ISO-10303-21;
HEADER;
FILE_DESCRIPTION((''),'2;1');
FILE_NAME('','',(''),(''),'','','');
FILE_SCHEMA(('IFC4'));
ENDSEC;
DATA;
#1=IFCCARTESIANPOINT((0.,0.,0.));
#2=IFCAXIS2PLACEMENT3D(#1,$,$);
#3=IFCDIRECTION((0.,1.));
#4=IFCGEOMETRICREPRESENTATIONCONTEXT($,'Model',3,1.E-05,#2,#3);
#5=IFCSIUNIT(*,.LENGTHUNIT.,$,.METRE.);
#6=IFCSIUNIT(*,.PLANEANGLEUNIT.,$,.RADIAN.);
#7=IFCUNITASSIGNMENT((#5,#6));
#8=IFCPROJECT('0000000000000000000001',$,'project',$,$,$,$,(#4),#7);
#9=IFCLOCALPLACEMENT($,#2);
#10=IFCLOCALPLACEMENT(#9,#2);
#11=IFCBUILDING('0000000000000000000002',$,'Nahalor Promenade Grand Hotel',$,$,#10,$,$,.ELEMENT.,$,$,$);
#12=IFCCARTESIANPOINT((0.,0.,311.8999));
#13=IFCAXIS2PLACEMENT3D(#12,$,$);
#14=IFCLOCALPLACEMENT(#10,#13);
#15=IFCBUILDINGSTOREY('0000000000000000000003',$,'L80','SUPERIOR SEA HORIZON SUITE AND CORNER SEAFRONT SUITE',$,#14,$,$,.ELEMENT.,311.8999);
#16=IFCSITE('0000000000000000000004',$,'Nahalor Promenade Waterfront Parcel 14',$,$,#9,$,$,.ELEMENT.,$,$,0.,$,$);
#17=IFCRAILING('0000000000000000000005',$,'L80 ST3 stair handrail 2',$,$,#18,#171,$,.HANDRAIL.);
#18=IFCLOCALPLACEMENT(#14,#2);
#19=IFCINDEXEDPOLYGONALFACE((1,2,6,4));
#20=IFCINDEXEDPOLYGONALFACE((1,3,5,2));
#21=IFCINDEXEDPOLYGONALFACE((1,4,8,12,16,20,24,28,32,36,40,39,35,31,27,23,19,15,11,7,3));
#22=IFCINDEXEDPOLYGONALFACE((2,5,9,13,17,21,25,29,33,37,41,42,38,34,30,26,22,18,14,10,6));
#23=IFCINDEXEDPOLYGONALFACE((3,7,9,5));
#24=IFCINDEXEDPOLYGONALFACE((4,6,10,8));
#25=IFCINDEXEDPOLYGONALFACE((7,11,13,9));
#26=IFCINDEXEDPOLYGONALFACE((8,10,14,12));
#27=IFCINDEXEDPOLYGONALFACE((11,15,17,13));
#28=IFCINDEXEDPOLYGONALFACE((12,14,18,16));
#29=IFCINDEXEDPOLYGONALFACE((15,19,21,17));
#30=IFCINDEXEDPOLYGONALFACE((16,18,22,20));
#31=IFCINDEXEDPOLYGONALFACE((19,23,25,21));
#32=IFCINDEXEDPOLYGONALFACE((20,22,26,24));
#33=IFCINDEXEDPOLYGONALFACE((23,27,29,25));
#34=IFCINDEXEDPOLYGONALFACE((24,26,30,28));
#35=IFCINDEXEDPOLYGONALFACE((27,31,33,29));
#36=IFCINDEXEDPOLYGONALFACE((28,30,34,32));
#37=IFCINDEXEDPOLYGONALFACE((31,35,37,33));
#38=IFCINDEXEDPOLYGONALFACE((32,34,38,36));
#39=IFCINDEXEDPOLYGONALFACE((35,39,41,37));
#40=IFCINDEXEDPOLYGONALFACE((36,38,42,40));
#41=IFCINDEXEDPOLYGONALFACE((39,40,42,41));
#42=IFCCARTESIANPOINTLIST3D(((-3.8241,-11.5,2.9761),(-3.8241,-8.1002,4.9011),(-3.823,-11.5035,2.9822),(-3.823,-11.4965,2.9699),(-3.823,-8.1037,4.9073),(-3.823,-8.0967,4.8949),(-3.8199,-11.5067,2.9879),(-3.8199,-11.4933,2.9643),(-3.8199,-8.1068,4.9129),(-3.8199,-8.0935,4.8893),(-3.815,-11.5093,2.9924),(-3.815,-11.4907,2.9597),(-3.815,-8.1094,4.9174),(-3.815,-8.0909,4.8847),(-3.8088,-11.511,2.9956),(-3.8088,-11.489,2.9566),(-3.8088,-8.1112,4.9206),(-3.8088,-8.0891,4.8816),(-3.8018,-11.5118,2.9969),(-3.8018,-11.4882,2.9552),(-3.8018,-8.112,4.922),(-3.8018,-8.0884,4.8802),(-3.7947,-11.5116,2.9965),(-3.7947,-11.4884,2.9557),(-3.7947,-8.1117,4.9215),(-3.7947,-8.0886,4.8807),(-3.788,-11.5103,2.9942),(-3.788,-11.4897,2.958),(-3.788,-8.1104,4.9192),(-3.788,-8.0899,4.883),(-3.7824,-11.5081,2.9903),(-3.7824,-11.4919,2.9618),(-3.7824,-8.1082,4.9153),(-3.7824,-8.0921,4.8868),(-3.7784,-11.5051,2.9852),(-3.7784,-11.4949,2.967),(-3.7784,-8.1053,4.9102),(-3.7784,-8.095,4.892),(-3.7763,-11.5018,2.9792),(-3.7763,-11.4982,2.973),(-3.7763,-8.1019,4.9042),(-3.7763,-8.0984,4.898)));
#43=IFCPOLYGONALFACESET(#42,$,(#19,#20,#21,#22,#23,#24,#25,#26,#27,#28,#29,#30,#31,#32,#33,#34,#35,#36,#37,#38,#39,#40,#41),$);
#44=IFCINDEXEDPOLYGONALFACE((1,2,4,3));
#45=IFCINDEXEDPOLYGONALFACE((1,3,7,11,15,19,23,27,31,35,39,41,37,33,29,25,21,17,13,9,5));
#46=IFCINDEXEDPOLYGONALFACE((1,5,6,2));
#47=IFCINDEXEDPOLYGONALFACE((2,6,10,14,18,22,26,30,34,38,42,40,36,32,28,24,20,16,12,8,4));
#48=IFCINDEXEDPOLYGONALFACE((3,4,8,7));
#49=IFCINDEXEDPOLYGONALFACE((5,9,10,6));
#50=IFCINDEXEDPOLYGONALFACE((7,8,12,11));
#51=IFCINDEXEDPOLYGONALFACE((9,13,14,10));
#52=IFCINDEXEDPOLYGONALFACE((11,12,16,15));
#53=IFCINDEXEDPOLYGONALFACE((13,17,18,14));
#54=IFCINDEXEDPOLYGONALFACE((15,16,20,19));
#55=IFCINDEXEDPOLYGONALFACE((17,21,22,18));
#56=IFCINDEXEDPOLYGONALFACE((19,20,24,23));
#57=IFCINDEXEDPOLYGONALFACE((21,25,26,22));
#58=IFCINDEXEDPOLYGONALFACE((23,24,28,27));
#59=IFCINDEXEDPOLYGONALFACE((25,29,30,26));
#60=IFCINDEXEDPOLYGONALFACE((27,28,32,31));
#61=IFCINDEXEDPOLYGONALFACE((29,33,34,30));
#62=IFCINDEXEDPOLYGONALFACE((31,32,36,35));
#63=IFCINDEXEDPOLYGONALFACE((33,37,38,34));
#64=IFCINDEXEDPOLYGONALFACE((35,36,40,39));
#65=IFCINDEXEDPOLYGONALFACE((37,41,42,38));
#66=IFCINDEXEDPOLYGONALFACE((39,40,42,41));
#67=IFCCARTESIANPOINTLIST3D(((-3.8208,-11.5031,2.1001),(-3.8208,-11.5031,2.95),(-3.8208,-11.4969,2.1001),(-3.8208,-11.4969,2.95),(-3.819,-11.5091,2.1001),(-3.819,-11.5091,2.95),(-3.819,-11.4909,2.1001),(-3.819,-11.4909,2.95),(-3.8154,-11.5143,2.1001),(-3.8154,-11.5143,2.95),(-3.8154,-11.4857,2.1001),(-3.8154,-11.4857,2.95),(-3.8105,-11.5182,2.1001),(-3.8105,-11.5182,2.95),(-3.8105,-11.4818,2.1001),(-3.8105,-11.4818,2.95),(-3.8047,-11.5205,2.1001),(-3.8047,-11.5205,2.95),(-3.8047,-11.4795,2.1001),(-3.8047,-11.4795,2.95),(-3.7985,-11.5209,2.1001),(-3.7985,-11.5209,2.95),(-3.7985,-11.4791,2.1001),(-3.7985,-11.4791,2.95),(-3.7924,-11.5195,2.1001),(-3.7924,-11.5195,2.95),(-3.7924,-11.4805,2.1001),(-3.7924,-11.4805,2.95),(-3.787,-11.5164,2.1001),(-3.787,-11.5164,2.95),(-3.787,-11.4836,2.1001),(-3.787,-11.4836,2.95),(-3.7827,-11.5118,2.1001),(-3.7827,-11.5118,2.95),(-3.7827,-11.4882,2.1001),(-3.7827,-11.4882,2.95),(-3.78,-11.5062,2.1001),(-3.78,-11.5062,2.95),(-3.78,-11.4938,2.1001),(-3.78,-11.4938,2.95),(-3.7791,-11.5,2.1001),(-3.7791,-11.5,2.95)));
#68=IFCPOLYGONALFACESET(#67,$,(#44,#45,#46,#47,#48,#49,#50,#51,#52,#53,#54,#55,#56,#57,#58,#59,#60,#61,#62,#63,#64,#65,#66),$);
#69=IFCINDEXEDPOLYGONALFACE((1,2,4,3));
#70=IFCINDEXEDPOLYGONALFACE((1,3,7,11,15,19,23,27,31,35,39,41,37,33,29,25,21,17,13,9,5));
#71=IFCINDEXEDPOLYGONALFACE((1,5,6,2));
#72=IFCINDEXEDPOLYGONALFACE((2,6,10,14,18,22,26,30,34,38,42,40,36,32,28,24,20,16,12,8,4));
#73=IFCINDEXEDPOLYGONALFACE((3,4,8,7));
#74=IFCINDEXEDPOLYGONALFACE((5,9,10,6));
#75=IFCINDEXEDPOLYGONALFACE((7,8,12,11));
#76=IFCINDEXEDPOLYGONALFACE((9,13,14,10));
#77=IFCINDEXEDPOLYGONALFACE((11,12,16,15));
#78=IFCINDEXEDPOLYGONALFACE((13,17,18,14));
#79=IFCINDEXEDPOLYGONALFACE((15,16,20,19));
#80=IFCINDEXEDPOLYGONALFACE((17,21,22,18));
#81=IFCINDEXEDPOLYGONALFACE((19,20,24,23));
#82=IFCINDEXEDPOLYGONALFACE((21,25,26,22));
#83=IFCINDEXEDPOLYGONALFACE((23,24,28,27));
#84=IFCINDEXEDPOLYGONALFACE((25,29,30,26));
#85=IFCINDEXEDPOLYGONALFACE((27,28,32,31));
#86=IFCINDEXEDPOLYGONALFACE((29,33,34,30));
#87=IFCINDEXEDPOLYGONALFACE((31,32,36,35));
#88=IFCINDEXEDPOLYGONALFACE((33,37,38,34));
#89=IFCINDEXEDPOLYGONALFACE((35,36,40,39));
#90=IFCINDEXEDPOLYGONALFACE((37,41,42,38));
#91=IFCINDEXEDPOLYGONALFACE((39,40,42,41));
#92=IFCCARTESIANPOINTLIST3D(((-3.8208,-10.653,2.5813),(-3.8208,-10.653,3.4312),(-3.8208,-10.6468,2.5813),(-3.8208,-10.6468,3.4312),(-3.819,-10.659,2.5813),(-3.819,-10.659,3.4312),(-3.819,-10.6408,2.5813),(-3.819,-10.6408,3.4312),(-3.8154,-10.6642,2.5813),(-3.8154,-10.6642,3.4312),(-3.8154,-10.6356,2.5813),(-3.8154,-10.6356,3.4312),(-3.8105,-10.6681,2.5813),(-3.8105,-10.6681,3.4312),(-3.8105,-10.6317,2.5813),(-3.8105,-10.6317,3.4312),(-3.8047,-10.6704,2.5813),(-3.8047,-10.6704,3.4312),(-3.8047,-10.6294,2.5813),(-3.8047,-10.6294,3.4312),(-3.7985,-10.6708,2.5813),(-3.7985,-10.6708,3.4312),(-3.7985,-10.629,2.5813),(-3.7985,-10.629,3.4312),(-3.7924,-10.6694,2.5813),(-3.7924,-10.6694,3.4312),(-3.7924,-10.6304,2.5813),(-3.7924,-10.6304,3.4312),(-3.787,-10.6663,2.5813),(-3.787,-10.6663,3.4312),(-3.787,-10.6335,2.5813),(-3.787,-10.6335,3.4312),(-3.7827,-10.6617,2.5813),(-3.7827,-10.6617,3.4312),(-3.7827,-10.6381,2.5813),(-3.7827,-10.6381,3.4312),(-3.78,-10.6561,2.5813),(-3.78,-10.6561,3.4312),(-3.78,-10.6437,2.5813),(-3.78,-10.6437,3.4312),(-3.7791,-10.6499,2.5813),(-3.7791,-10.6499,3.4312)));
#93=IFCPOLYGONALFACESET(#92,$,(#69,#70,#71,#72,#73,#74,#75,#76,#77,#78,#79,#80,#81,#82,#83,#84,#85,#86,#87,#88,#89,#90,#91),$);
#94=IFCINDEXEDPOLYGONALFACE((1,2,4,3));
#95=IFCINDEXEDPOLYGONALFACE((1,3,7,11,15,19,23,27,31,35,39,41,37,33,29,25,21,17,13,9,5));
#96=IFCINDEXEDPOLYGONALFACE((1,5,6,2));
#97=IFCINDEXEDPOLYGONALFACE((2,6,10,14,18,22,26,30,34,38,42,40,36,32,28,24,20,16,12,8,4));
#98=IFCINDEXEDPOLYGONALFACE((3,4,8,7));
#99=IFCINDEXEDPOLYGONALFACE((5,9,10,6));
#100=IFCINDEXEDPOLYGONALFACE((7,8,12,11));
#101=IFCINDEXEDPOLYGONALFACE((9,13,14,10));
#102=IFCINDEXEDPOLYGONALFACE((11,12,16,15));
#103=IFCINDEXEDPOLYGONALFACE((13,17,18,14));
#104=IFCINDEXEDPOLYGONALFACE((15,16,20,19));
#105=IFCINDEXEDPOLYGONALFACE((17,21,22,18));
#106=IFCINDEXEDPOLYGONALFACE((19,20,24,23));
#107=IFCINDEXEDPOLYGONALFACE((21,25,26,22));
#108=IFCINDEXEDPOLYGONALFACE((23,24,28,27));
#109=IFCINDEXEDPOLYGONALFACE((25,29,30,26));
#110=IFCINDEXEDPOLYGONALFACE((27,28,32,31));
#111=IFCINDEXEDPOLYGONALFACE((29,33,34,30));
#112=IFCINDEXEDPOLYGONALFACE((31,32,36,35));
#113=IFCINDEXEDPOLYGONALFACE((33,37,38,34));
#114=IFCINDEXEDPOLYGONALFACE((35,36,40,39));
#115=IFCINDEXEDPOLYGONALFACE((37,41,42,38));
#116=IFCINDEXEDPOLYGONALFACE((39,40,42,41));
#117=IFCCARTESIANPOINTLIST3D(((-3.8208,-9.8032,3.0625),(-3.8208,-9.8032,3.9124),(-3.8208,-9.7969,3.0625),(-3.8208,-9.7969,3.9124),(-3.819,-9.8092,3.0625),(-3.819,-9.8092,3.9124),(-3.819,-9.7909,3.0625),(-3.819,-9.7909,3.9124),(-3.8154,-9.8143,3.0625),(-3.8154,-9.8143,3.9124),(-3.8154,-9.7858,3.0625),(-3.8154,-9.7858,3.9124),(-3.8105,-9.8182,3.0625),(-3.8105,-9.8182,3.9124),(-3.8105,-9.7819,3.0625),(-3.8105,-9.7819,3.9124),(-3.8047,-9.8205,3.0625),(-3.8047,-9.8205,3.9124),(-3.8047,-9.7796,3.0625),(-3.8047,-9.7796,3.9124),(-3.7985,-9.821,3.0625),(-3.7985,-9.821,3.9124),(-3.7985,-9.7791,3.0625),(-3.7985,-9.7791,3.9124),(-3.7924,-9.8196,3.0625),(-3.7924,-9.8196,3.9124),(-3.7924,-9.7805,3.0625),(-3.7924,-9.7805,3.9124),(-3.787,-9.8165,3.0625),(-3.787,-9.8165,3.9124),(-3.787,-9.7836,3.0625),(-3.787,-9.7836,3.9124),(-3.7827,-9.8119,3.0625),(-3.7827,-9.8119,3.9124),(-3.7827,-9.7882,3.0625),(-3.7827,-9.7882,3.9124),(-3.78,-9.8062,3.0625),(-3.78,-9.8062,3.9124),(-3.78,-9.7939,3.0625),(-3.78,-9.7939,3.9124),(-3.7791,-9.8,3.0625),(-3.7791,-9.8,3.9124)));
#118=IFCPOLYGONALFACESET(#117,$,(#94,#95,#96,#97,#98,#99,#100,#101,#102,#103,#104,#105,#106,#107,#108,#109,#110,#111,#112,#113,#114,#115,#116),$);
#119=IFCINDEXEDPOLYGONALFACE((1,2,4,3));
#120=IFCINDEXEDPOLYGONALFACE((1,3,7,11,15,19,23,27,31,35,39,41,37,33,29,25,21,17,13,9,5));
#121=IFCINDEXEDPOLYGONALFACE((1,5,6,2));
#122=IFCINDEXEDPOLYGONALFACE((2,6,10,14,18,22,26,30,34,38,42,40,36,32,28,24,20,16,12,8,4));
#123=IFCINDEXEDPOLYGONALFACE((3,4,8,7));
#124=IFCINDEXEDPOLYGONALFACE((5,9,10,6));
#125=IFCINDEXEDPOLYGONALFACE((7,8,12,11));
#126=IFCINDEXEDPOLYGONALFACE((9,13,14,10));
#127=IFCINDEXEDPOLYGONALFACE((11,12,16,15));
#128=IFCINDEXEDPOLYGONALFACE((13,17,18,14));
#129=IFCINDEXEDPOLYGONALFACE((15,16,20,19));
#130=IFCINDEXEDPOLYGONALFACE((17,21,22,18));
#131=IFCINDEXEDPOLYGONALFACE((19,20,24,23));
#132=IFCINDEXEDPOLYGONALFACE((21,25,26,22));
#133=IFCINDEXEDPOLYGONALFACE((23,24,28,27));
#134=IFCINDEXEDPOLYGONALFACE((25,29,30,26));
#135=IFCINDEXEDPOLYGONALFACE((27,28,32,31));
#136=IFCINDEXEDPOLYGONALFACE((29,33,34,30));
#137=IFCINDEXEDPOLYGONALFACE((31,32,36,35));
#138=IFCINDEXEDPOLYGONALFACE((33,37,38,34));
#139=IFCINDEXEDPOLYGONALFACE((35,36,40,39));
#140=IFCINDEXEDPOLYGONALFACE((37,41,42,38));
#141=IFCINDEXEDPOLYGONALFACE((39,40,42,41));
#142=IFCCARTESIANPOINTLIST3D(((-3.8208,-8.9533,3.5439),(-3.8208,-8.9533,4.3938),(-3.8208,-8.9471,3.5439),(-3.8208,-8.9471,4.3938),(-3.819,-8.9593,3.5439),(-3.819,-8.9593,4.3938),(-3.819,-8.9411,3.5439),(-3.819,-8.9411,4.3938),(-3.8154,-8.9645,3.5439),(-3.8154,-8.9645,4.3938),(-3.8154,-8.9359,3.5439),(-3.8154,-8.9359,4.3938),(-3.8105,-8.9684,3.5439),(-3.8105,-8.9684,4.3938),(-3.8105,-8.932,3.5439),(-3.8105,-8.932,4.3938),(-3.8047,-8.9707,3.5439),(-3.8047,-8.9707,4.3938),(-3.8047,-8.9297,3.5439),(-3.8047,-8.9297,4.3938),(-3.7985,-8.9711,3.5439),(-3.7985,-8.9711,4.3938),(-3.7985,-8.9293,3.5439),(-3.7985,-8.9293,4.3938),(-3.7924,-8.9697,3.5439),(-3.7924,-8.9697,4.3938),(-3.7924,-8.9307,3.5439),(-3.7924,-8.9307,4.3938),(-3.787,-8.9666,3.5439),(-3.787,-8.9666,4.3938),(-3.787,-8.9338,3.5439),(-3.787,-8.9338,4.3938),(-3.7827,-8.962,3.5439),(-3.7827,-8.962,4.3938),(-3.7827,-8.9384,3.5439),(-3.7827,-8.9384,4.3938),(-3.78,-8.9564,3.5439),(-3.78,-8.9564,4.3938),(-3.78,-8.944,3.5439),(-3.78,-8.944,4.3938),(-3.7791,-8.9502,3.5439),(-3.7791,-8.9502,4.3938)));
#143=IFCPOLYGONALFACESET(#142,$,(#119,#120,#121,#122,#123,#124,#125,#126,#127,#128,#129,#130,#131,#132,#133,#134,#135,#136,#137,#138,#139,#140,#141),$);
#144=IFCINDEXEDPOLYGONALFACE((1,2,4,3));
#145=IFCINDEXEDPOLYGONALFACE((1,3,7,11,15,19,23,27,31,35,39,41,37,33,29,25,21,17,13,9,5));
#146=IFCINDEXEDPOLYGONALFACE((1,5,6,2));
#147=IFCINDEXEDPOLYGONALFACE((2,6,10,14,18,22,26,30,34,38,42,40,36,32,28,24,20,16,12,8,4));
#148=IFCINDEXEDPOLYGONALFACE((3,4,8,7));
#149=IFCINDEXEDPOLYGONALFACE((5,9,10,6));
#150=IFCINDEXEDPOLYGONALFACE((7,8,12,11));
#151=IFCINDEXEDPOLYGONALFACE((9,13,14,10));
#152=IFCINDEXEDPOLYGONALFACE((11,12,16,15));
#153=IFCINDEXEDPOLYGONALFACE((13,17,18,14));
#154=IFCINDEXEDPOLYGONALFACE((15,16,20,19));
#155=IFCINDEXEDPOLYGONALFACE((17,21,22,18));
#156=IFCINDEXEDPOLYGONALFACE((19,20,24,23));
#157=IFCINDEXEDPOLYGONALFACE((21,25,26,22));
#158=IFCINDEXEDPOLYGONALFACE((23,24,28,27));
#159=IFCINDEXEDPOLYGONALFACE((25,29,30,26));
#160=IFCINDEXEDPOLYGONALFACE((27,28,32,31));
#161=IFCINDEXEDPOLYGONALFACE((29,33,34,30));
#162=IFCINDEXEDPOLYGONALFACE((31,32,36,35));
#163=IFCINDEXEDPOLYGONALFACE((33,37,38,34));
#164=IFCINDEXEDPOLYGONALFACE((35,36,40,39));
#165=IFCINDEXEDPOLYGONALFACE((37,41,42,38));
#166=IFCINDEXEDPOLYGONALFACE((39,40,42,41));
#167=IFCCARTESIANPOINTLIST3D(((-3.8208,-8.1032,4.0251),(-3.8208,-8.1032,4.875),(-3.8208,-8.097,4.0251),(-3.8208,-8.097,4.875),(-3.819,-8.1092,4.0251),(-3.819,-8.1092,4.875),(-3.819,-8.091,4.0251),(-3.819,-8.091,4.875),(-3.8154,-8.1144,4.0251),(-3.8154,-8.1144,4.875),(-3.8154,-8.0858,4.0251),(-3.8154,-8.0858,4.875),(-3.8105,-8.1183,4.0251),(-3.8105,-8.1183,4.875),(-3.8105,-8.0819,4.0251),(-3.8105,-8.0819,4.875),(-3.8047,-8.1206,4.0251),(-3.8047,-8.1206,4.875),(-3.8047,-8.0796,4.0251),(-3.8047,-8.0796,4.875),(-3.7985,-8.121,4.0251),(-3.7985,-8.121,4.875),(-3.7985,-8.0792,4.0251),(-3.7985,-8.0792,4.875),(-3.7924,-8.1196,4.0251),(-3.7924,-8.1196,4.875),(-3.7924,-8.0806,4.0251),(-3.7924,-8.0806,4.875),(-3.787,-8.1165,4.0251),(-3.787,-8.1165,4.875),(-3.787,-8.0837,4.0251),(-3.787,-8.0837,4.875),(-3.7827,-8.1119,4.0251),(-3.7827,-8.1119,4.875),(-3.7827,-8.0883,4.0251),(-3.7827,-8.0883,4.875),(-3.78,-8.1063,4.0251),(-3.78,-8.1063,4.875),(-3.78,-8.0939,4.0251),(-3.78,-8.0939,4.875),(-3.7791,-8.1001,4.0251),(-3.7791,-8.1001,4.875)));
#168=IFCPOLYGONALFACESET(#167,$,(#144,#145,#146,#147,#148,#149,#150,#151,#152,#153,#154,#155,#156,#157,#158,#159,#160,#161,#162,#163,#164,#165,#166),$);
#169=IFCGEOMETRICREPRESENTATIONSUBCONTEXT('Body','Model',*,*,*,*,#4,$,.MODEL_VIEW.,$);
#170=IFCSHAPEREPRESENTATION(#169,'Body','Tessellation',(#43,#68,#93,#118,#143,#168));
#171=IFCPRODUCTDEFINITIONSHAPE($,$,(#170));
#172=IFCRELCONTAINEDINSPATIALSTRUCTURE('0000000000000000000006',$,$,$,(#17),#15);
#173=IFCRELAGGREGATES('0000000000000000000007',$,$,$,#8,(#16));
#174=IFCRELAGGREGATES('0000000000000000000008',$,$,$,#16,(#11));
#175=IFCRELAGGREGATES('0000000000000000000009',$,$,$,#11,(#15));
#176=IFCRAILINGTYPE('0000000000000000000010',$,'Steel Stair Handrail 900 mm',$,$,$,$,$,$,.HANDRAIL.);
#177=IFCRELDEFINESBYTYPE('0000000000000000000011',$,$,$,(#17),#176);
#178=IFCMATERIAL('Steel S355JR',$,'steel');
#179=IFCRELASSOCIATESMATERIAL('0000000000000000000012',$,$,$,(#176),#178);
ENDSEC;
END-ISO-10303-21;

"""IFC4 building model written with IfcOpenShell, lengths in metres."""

from ifc_helpers import new_model, si_unit, direction, frame, origin, origin_2d, place, context, subcontext, project, spatial, circle, extrude, material, type_object, element, save


model = new_model("IFC4")

# Units and contexts
model_context = context("Model", 3, precision=1e-05, world=origin(), true_north=direction((0.0, 1.0)))
body_context = subcontext(model_context, "Body", "Model", "MODEL_VIEW")
ifc_project = project(units=[si_unit("LENGTHUNIT", "METRE"), si_unit("PLANEANGLEUNIT", "RADIAN")], contexts=[model_context])

# Site, building, storey
site_placement = place(None, origin())
site = spatial("IfcSite", under=ifc_project, at=site_placement, Name="Nahalor Promenade Waterfront Parcel 14", CompositionType="ELEMENT", RefElevation=0.0)
building_placement = place(site_placement, origin())
building = spatial("IfcBuilding", under=site, at=building_placement, Name="Nahalor Promenade Grand Hotel", CompositionType="ELEMENT")
storey_placement = place(building_placement, frame((0.0, 0.0, 311.8999)))
storey = spatial("IfcBuildingStorey", under=building, at=storey_placement, Name="L80", Description="SUPERIOR SEA HORIZON SUITE AND CORNER SEAFRONT SUITE", CompositionType="ELEMENT", Elevation=311.8999)

# Shared definitions
ifc_material_1 = material(Name="Steel S355JR", Category="steel")

# Railing
railing_type_1 = type_object("IfcRailingType", Name="Steel Stair Handrail 900 mm", PredefinedType="HANDRAIL", material=ifc_material_1)
railing_1_placement = place(storey_placement, frame((-3.8, -11.5, 2.1001)))
element("IfcRailing", 1, at=railing_1_placement, inside=storey, type_object=railing_type_1, Name="L80 ST3 stair handrail 2", PredefinedType="HANDRAIL", context=body_context, shape_type="SweptSolid", body=[
    extrude(circle(Radius=0.024, at=origin_2d()), frame((0.0, 0.0, 0.876), z_axis=(0.0, 0.870194, 0.49271), x_axis=(-1.0, 0.0, 0.0)), (0.0, 0.0, 1.0), 3.907),
    extrude(circle(Radius=0.021, at=origin_2d()), origin(), (0.0, 0.0, 1.0), 0.8499),
    extrude(circle(Radius=0.021, at=origin_2d()), frame((0.0, 0.8501, 0.4812)), (0.0, 0.0, 1.0), 0.8499),
    extrude(circle(Radius=0.021, at=origin_2d()), frame((0.0, 1.7, 0.9624)), (0.0, 0.0, 1.0), 0.8499),
    extrude(circle(Radius=0.021, at=origin_2d()), frame((0.0, 2.5498, 1.4438)), (0.0, 0.0, 1.0), 0.8499),
    extrude(circle(Radius=0.021, at=origin_2d()), frame((0.0, 3.3999, 1.925)), (0.0, 0.0, 1.0), 0.8499),
])

save(model, "model.ifc")
